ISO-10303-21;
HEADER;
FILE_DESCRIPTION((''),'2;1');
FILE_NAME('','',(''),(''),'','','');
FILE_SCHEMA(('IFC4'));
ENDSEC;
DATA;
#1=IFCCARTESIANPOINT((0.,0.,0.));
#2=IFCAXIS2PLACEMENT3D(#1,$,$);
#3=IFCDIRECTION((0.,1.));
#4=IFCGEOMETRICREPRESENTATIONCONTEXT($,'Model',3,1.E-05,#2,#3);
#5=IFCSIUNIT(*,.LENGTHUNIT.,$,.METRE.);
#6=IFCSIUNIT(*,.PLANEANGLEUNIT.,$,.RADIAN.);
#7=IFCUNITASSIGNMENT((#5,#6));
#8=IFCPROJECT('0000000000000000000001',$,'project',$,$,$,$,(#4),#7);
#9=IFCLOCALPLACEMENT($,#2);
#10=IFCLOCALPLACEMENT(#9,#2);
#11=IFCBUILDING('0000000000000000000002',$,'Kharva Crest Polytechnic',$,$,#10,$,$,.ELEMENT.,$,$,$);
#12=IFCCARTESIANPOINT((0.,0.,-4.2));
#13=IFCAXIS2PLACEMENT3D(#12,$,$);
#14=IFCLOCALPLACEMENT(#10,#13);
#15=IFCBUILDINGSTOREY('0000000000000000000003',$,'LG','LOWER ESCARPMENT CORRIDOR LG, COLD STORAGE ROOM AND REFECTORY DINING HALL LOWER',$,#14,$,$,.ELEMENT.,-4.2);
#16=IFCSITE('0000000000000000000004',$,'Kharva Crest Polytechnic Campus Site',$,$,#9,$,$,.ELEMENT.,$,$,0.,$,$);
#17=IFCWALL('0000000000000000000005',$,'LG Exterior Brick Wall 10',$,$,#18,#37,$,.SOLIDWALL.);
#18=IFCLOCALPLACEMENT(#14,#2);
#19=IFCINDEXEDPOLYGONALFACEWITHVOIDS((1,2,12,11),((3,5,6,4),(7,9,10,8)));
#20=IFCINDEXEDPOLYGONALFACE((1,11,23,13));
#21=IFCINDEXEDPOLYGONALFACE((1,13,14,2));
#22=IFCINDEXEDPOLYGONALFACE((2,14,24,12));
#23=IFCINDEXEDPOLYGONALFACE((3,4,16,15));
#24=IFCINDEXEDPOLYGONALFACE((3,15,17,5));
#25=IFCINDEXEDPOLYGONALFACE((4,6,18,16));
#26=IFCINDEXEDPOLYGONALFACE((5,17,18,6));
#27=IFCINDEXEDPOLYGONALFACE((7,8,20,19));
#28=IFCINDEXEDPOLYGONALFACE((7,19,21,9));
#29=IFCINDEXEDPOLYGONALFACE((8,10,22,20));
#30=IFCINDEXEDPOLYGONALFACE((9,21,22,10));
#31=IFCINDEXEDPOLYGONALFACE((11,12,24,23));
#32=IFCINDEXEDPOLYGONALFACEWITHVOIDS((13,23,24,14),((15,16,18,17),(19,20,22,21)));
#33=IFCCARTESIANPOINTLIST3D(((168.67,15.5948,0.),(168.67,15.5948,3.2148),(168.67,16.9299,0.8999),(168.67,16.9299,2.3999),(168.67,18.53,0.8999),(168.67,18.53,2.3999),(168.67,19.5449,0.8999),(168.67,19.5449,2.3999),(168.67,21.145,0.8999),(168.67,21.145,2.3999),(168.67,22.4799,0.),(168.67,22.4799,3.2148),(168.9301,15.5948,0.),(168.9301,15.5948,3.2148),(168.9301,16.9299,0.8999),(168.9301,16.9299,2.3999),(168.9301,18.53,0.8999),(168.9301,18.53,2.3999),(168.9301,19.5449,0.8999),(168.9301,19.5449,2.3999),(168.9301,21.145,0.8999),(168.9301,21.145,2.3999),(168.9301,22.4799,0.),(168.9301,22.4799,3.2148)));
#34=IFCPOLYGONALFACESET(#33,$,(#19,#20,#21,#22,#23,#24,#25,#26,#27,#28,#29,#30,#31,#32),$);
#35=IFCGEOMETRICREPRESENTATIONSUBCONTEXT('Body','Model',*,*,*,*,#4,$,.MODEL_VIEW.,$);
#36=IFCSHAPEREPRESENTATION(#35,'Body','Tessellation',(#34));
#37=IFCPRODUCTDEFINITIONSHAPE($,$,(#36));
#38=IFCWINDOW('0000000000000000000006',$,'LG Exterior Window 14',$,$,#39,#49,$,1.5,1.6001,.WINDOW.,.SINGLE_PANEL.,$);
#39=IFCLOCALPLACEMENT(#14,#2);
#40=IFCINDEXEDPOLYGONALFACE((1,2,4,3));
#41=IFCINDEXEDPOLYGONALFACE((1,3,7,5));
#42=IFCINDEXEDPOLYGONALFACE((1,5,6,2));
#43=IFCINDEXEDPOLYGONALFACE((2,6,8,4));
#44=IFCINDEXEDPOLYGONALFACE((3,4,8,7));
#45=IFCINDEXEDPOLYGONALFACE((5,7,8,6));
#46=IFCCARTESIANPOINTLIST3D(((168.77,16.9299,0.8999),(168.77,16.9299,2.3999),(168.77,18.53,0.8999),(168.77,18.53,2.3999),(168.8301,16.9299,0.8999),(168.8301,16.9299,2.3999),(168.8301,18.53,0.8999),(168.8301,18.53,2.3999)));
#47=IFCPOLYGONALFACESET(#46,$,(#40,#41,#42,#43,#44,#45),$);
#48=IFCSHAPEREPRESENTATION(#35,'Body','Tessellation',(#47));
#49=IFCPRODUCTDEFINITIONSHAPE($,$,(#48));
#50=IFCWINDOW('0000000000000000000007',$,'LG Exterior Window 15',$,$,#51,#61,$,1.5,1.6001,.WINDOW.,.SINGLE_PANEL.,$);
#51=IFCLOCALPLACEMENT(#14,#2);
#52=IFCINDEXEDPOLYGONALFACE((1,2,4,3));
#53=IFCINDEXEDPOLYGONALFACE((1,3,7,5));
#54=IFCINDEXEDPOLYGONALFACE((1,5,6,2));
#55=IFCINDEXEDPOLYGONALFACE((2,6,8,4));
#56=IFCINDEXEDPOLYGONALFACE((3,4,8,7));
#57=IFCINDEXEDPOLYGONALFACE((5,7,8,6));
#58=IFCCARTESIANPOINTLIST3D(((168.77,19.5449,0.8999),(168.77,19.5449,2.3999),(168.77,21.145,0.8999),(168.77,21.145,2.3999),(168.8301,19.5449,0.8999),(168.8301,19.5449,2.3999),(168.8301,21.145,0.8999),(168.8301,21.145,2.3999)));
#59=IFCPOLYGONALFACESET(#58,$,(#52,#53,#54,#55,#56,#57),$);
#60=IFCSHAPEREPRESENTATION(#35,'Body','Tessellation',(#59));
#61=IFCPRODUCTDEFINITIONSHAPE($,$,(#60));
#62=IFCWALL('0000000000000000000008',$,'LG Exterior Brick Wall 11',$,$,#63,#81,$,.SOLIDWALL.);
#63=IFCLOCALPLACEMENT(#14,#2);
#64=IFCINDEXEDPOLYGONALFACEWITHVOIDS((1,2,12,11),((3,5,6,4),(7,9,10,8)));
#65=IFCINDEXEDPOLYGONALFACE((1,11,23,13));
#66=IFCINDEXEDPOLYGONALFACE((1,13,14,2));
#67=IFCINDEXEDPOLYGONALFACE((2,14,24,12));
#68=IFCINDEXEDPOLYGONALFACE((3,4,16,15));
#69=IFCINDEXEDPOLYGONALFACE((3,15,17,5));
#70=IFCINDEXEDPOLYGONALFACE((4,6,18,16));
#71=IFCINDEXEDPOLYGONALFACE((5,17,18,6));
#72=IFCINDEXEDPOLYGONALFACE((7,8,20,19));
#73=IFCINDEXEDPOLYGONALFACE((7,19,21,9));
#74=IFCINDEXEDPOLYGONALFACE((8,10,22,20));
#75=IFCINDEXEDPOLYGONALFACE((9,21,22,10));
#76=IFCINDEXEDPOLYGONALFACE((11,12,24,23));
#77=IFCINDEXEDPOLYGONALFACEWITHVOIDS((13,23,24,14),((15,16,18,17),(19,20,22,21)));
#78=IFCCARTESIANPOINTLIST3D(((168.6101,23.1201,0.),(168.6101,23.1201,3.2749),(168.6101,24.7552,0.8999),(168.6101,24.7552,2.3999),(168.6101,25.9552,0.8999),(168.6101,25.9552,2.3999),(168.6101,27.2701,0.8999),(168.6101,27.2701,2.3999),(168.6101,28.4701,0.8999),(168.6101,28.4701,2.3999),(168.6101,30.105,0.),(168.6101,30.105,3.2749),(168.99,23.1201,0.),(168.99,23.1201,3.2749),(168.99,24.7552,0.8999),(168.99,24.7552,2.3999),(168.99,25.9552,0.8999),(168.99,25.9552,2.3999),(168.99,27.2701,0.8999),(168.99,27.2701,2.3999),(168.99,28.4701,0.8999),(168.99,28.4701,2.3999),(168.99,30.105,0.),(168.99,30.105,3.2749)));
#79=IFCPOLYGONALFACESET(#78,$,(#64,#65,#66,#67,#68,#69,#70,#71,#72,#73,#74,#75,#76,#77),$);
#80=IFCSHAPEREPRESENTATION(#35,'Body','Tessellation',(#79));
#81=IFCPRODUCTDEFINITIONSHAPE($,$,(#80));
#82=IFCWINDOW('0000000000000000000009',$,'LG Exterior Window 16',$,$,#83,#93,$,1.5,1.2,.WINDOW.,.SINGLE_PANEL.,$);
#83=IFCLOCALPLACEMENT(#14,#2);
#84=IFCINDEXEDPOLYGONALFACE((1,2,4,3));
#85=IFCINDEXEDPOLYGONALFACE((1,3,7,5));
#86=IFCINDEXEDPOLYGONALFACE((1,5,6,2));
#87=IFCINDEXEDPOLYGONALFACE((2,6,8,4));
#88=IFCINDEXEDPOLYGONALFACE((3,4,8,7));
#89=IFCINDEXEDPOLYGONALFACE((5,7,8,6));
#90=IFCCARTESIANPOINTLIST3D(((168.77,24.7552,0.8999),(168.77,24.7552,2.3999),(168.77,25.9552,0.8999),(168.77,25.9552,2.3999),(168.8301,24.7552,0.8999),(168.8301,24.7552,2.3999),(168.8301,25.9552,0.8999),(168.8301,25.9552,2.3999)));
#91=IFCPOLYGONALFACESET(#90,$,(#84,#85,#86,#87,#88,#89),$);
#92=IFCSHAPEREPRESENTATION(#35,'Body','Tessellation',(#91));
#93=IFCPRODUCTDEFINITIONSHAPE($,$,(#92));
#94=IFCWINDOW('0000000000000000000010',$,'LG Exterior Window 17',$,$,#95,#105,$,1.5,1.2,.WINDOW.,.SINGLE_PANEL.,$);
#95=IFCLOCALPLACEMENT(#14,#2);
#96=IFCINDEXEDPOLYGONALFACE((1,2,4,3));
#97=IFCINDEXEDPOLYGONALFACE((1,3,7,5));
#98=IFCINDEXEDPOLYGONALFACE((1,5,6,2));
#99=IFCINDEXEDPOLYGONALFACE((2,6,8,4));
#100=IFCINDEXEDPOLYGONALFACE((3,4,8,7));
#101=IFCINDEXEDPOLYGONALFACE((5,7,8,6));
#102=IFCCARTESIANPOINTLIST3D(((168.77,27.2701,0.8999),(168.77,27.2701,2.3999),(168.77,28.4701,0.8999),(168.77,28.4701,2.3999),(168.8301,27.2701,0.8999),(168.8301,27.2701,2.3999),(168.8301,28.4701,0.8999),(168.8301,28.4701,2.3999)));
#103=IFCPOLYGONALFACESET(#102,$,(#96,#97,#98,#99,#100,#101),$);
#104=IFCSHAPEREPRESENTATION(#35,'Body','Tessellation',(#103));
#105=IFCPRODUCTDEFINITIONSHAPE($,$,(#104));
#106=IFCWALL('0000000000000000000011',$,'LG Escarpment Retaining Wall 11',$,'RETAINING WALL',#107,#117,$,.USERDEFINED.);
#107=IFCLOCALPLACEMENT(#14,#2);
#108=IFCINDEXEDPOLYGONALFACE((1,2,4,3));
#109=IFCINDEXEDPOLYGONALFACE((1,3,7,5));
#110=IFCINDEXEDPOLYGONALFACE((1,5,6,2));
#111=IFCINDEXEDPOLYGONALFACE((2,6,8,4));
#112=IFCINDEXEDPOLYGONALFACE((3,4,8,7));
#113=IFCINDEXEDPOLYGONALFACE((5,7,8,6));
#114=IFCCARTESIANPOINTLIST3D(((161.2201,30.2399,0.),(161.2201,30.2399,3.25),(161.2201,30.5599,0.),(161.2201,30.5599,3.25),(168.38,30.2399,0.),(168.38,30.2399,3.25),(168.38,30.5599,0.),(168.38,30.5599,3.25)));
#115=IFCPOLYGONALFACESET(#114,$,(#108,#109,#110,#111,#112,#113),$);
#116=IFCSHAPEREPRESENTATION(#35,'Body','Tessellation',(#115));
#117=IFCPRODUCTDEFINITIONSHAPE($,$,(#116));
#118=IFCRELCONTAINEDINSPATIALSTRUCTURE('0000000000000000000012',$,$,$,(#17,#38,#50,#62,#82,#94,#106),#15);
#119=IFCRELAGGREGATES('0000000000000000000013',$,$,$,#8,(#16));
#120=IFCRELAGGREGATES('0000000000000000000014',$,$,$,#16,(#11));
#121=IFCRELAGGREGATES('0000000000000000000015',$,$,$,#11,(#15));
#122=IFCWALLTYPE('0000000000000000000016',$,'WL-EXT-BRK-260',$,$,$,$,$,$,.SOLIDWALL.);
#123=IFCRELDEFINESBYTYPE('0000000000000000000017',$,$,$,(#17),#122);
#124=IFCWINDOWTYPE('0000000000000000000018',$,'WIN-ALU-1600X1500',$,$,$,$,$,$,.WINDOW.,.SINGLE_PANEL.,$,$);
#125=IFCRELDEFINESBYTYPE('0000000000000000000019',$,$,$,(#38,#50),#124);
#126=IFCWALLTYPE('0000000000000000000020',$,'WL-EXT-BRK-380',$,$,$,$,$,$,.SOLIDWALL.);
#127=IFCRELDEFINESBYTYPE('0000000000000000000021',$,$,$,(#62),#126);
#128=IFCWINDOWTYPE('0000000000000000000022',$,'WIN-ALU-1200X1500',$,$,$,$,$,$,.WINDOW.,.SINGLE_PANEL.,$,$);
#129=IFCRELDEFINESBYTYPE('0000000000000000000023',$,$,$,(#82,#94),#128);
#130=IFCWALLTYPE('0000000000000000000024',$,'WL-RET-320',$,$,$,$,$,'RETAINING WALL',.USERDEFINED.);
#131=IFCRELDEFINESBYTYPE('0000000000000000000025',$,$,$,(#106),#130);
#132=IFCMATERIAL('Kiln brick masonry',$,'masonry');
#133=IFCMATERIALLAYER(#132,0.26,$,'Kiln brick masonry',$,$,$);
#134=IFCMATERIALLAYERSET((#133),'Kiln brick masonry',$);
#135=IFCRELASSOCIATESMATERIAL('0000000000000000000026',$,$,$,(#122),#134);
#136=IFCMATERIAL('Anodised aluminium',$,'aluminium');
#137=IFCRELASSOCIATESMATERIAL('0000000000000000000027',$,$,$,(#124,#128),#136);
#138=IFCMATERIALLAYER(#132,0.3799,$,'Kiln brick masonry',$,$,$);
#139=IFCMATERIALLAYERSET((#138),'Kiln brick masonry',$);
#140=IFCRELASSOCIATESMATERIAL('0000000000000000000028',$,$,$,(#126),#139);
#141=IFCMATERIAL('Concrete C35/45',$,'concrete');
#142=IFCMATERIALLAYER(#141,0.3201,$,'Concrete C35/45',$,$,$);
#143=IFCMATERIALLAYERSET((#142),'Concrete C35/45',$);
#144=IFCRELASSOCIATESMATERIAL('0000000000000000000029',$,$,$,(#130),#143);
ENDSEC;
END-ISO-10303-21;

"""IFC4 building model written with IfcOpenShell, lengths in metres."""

from ifc_helpers import new_model, si_unit, direction, frame, frame_2d, origin, place, context, subcontext, project, spatial, rectangle, extrude, material, layer, layer_set, type_object, element, fill, save


model = new_model("IFC4")

# Units and contexts
model_context = context("Model", 3, precision=1e-05, world=origin(), true_north=direction((0.0, 1.0)))
body_context = subcontext(model_context, "Body", "Model", "MODEL_VIEW")
ifc_project = project(units=[si_unit("LENGTHUNIT", "METRE"), si_unit("PLANEANGLEUNIT", "RADIAN")], contexts=[model_context])

# Site, building, storey
site_placement = place(None, origin())
site = spatial("IfcSite", under=ifc_project, at=site_placement, Name="Kharva Crest Polytechnic Campus Site", CompositionType="ELEMENT", RefElevation=0.0)
building_placement = place(site_placement, origin())
building = spatial("IfcBuilding", under=site, at=building_placement, Name="Kharva Crest Polytechnic", CompositionType="ELEMENT")
storey_placement = place(building_placement, frame((0.0, 0.0, -4.2)))
storey = spatial("IfcBuildingStorey", under=building, at=storey_placement, Name="LG", Description="LOWER ESCARPMENT CORRIDOR LG, COLD STORAGE ROOM AND REFECTORY DINING HALL LOWER", CompositionType="ELEMENT", Elevation=-4.2)

# Shared definitions
ifc_material_1 = material(Name="Concrete C35/45", Category="concrete")

# Walls, openings, windows
ifc_material_2 = material(Name="Kiln brick masonry", Category="masonry")
ifc_layer_1 = layer(ifc_material_2, 0.26, Name="Kiln brick masonry")
ifc_layer_set_1 = layer_set([ifc_layer_1], Name="Kiln brick masonry")
wall_type_1 = type_object("IfcWallType", Name="WL-EXT-BRK-260", PredefinedType="SOLIDWALL", material=ifc_layer_set_1)
wall_1_placement = place(storey_placement, frame((168.8, 15.595, 0.0), z_axis=(0.0, 0.0, 1.0), x_axis=(0.0, 1.0, 0.0)))
wall_1 = element("IfcWall", 1, at=wall_1_placement, inside=storey, type_object=wall_type_1, Name="LG Exterior Brick Wall 10", PredefinedType="SOLIDWALL", context=body_context, shape_type="SweptSolid", body=[
    extrude(rectangle(XDim=6.885, YDim=0.26, at=frame_2d((3.4424, 0.0))), origin(), (0.0, 0.0, 1.0), 3.2148),
])
opening_1_placement = place(wall_1_placement, frame((1.335, 0.0, 0.8999)))
opening_1 = element("IfcOpeningElement", 2, at=opening_1_placement, cuts=wall_1, PredefinedType="OPENING", context=body_context, shape_type="SweptSolid", body=[
    extrude(rectangle(XDim=1.6001, YDim=1.5, at=frame_2d((0.8, 0.75))), frame((0.0, 0.1399, 0.0), z_axis=(0.0, -1.0, 0.0), x_axis=(1.0, 0.0, 0.0)), (0.0, 0.0, 1.0), 0.28),
])
opening_2_placement = place(wall_1_placement, frame((3.95, 0.0, 0.8999)))
opening_2 = element("IfcOpeningElement", 3, at=opening_2_placement, cuts=wall_1, PredefinedType="OPENING", context=body_context, shape_type="SweptSolid", body=[
    extrude(rectangle(XDim=1.6001, YDim=1.5, at=frame_2d((0.8, 0.75))), frame((0.0, 0.1399, 0.0), z_axis=(0.0, -1.0, 0.0), x_axis=(1.0, 0.0, 0.0)), (0.0, 0.0, 1.0), 0.28),
])
ifc_material_3 = material(Name="Anodised aluminium", Category="aluminium")
window_type_1 = type_object("IfcWindowType", Name="WIN-ALU-1600X1500", PartitioningType="SINGLE_PANEL", PredefinedType="WINDOW", material=ifc_material_3)
window_1_placement = place(opening_1_placement, origin())
window_1 = element("IfcWindow", 4, at=window_1_placement, inside=storey, type_object=window_type_1, Name="LG Exterior Window 14", OverallHeight=1.5, OverallWidth=1.6001, PartitioningType="SINGLE_PANEL", PredefinedType="WINDOW", context=body_context, shape_type="SweptSolid", body=[
    extrude(rectangle(XDim=1.6001, YDim=1.5, at=frame_2d((0.8, 0.75))), frame((0.0, 0.03, 0.0), z_axis=(0.0, -1.0, 0.0), x_axis=(1.0, 0.0, 0.0)), (0.0, 0.0, 1.0), 0.0601),
])
fill(opening_1, window_1)
window_2_placement = place(opening_2_placement, origin())
window_2 = element("IfcWindow", 5, at=window_2_placement, inside=storey, type_object=window_type_1, Name="LG Exterior Window 15", OverallHeight=1.5, OverallWidth=1.6001, PartitioningType="SINGLE_PANEL", PredefinedType="WINDOW", context=body_context, shape_type="SweptSolid", body=[
    extrude(rectangle(XDim=1.6001, YDim=1.5, at=frame_2d((0.8, 0.75))), frame((0.0, 0.03, 0.0), z_axis=(0.0, -1.0, 0.0), x_axis=(1.0, 0.0, 0.0)), (0.0, 0.0, 1.0), 0.0601),
])
fill(opening_2, window_2)
ifc_layer_2 = layer(ifc_material_2, 0.3799, Name="Kiln brick masonry")
ifc_layer_set_2 = layer_set([ifc_layer_2], Name="Kiln brick masonry")
wall_type_2 = type_object("IfcWallType", Name="WL-EXT-BRK-380", PredefinedType="SOLIDWALL", material=ifc_layer_set_2)
wall_2_placement = place(storey_placement, frame((168.8, 23.1201, 0.0), z_axis=(0.0, 0.0, 1.0), x_axis=(0.0, 1.0, 0.0)))
wall_2 = element("IfcWall", 6, at=wall_2_placement, inside=storey, type_object=wall_type_2, Name="LG Exterior Brick Wall 11", PredefinedType="SOLIDWALL", context=body_context, shape_type="SweptSolid", body=[
    extrude(rectangle(XDim=6.9849, YDim=0.3799, at=frame_2d((3.4924, 0.0))), origin(), (0.0, 0.0, 1.0), 3.2749),
])
opening_3_placement = place(wall_2_placement, frame((1.635, 0.0, 0.8999)))
opening_3 = element("IfcOpeningElement", 7, at=opening_3_placement, cuts=wall_2, PredefinedType="OPENING", context=body_context, shape_type="SweptSolid", body=[
    extrude(rectangle(XDim=1.2, YDim=1.5, at=frame_2d((0.6001, 0.75))), frame((0.0, 0.2, 0.0), z_axis=(0.0, -1.0, 0.0), x_axis=(1.0, 0.0, 0.0)), (0.0, 0.0, 1.0), 0.3999),
])
opening_4_placement = place(wall_2_placement, frame((4.1499, 0.0, 0.8999)))
opening_4 = element("IfcOpeningElement", 8, at=opening_4_placement, cuts=wall_2, PredefinedType="OPENING", context=body_context, shape_type="SweptSolid", body=[
    extrude(rectangle(XDim=1.2, YDim=1.5, at=frame_2d((0.6001, 0.75))), frame((0.0, 0.2, 0.0), z_axis=(0.0, -1.0, 0.0), x_axis=(1.0, 0.0, 0.0)), (0.0, 0.0, 1.0), 0.3999),
])
window_type_2 = type_object("IfcWindowType", Name="WIN-ALU-1200X1500", PartitioningType="SINGLE_PANEL", PredefinedType="WINDOW", material=ifc_material_3)
window_3_placement = place(opening_3_placement, origin())
window_3 = element("IfcWindow", 9, at=window_3_placement, inside=storey, type_object=window_type_2, Name="LG Exterior Window 16", OverallHeight=1.5, OverallWidth=1.2, PartitioningType="SINGLE_PANEL", PredefinedType="WINDOW", context=body_context, shape_type="SweptSolid", body=[
    extrude(rectangle(XDim=1.2, YDim=1.5, at=frame_2d((0.6001, 0.75))), frame((0.0, 0.03, 0.0), z_axis=(0.0, -1.0, 0.0), x_axis=(1.0, 0.0, 0.0)), (0.0, 0.0, 1.0), 0.0601),
])
fill(opening_3, window_3)
window_4_placement = place(opening_4_placement, origin())
window_4 = element("IfcWindow", 10, at=window_4_placement, inside=storey, type_object=window_type_2, Name="LG Exterior Window 17", OverallHeight=1.5, OverallWidth=1.2, PartitioningType="SINGLE_PANEL", PredefinedType="WINDOW", context=body_context, shape_type="SweptSolid", body=[
    extrude(rectangle(XDim=1.2, YDim=1.5, at=frame_2d((0.6001, 0.75))), frame((0.0, 0.03, 0.0), z_axis=(0.0, -1.0, 0.0), x_axis=(1.0, 0.0, 0.0)), (0.0, 0.0, 1.0), 0.0601),
])
fill(opening_4, window_4)

# Wall
ifc_layer_3 = layer(ifc_material_1, 0.3201, Name="Concrete C35/45")
ifc_layer_set_3 = layer_set([ifc_layer_3], Name="Concrete C35/45")
wall_type_3 = type_object("IfcWallType", Name="WL-RET-320", ElementType="RETAINING WALL", PredefinedType="USERDEFINED", material=ifc_layer_set_3)
wall_3_placement = place(storey_placement, frame((161.22, 30.3999, 0.0), z_axis=(0.0, 0.0, 1.0), x_axis=(1.0, 0.0, 0.0)))
element("IfcWall", 11, at=wall_3_placement, inside=storey, type_object=wall_type_3, Name="LG Escarpment Retaining Wall 11", ObjectType="RETAINING WALL", PredefinedType="USERDEFINED", context=body_context, shape_type="SweptSolid", body=[
    extrude(rectangle(XDim=7.1599, YDim=0.3201, at=frame_2d((3.5801, 0.0))), origin(), (0.0, 0.0, 1.0), 3.25),
])

save(model, "model.ifc")
